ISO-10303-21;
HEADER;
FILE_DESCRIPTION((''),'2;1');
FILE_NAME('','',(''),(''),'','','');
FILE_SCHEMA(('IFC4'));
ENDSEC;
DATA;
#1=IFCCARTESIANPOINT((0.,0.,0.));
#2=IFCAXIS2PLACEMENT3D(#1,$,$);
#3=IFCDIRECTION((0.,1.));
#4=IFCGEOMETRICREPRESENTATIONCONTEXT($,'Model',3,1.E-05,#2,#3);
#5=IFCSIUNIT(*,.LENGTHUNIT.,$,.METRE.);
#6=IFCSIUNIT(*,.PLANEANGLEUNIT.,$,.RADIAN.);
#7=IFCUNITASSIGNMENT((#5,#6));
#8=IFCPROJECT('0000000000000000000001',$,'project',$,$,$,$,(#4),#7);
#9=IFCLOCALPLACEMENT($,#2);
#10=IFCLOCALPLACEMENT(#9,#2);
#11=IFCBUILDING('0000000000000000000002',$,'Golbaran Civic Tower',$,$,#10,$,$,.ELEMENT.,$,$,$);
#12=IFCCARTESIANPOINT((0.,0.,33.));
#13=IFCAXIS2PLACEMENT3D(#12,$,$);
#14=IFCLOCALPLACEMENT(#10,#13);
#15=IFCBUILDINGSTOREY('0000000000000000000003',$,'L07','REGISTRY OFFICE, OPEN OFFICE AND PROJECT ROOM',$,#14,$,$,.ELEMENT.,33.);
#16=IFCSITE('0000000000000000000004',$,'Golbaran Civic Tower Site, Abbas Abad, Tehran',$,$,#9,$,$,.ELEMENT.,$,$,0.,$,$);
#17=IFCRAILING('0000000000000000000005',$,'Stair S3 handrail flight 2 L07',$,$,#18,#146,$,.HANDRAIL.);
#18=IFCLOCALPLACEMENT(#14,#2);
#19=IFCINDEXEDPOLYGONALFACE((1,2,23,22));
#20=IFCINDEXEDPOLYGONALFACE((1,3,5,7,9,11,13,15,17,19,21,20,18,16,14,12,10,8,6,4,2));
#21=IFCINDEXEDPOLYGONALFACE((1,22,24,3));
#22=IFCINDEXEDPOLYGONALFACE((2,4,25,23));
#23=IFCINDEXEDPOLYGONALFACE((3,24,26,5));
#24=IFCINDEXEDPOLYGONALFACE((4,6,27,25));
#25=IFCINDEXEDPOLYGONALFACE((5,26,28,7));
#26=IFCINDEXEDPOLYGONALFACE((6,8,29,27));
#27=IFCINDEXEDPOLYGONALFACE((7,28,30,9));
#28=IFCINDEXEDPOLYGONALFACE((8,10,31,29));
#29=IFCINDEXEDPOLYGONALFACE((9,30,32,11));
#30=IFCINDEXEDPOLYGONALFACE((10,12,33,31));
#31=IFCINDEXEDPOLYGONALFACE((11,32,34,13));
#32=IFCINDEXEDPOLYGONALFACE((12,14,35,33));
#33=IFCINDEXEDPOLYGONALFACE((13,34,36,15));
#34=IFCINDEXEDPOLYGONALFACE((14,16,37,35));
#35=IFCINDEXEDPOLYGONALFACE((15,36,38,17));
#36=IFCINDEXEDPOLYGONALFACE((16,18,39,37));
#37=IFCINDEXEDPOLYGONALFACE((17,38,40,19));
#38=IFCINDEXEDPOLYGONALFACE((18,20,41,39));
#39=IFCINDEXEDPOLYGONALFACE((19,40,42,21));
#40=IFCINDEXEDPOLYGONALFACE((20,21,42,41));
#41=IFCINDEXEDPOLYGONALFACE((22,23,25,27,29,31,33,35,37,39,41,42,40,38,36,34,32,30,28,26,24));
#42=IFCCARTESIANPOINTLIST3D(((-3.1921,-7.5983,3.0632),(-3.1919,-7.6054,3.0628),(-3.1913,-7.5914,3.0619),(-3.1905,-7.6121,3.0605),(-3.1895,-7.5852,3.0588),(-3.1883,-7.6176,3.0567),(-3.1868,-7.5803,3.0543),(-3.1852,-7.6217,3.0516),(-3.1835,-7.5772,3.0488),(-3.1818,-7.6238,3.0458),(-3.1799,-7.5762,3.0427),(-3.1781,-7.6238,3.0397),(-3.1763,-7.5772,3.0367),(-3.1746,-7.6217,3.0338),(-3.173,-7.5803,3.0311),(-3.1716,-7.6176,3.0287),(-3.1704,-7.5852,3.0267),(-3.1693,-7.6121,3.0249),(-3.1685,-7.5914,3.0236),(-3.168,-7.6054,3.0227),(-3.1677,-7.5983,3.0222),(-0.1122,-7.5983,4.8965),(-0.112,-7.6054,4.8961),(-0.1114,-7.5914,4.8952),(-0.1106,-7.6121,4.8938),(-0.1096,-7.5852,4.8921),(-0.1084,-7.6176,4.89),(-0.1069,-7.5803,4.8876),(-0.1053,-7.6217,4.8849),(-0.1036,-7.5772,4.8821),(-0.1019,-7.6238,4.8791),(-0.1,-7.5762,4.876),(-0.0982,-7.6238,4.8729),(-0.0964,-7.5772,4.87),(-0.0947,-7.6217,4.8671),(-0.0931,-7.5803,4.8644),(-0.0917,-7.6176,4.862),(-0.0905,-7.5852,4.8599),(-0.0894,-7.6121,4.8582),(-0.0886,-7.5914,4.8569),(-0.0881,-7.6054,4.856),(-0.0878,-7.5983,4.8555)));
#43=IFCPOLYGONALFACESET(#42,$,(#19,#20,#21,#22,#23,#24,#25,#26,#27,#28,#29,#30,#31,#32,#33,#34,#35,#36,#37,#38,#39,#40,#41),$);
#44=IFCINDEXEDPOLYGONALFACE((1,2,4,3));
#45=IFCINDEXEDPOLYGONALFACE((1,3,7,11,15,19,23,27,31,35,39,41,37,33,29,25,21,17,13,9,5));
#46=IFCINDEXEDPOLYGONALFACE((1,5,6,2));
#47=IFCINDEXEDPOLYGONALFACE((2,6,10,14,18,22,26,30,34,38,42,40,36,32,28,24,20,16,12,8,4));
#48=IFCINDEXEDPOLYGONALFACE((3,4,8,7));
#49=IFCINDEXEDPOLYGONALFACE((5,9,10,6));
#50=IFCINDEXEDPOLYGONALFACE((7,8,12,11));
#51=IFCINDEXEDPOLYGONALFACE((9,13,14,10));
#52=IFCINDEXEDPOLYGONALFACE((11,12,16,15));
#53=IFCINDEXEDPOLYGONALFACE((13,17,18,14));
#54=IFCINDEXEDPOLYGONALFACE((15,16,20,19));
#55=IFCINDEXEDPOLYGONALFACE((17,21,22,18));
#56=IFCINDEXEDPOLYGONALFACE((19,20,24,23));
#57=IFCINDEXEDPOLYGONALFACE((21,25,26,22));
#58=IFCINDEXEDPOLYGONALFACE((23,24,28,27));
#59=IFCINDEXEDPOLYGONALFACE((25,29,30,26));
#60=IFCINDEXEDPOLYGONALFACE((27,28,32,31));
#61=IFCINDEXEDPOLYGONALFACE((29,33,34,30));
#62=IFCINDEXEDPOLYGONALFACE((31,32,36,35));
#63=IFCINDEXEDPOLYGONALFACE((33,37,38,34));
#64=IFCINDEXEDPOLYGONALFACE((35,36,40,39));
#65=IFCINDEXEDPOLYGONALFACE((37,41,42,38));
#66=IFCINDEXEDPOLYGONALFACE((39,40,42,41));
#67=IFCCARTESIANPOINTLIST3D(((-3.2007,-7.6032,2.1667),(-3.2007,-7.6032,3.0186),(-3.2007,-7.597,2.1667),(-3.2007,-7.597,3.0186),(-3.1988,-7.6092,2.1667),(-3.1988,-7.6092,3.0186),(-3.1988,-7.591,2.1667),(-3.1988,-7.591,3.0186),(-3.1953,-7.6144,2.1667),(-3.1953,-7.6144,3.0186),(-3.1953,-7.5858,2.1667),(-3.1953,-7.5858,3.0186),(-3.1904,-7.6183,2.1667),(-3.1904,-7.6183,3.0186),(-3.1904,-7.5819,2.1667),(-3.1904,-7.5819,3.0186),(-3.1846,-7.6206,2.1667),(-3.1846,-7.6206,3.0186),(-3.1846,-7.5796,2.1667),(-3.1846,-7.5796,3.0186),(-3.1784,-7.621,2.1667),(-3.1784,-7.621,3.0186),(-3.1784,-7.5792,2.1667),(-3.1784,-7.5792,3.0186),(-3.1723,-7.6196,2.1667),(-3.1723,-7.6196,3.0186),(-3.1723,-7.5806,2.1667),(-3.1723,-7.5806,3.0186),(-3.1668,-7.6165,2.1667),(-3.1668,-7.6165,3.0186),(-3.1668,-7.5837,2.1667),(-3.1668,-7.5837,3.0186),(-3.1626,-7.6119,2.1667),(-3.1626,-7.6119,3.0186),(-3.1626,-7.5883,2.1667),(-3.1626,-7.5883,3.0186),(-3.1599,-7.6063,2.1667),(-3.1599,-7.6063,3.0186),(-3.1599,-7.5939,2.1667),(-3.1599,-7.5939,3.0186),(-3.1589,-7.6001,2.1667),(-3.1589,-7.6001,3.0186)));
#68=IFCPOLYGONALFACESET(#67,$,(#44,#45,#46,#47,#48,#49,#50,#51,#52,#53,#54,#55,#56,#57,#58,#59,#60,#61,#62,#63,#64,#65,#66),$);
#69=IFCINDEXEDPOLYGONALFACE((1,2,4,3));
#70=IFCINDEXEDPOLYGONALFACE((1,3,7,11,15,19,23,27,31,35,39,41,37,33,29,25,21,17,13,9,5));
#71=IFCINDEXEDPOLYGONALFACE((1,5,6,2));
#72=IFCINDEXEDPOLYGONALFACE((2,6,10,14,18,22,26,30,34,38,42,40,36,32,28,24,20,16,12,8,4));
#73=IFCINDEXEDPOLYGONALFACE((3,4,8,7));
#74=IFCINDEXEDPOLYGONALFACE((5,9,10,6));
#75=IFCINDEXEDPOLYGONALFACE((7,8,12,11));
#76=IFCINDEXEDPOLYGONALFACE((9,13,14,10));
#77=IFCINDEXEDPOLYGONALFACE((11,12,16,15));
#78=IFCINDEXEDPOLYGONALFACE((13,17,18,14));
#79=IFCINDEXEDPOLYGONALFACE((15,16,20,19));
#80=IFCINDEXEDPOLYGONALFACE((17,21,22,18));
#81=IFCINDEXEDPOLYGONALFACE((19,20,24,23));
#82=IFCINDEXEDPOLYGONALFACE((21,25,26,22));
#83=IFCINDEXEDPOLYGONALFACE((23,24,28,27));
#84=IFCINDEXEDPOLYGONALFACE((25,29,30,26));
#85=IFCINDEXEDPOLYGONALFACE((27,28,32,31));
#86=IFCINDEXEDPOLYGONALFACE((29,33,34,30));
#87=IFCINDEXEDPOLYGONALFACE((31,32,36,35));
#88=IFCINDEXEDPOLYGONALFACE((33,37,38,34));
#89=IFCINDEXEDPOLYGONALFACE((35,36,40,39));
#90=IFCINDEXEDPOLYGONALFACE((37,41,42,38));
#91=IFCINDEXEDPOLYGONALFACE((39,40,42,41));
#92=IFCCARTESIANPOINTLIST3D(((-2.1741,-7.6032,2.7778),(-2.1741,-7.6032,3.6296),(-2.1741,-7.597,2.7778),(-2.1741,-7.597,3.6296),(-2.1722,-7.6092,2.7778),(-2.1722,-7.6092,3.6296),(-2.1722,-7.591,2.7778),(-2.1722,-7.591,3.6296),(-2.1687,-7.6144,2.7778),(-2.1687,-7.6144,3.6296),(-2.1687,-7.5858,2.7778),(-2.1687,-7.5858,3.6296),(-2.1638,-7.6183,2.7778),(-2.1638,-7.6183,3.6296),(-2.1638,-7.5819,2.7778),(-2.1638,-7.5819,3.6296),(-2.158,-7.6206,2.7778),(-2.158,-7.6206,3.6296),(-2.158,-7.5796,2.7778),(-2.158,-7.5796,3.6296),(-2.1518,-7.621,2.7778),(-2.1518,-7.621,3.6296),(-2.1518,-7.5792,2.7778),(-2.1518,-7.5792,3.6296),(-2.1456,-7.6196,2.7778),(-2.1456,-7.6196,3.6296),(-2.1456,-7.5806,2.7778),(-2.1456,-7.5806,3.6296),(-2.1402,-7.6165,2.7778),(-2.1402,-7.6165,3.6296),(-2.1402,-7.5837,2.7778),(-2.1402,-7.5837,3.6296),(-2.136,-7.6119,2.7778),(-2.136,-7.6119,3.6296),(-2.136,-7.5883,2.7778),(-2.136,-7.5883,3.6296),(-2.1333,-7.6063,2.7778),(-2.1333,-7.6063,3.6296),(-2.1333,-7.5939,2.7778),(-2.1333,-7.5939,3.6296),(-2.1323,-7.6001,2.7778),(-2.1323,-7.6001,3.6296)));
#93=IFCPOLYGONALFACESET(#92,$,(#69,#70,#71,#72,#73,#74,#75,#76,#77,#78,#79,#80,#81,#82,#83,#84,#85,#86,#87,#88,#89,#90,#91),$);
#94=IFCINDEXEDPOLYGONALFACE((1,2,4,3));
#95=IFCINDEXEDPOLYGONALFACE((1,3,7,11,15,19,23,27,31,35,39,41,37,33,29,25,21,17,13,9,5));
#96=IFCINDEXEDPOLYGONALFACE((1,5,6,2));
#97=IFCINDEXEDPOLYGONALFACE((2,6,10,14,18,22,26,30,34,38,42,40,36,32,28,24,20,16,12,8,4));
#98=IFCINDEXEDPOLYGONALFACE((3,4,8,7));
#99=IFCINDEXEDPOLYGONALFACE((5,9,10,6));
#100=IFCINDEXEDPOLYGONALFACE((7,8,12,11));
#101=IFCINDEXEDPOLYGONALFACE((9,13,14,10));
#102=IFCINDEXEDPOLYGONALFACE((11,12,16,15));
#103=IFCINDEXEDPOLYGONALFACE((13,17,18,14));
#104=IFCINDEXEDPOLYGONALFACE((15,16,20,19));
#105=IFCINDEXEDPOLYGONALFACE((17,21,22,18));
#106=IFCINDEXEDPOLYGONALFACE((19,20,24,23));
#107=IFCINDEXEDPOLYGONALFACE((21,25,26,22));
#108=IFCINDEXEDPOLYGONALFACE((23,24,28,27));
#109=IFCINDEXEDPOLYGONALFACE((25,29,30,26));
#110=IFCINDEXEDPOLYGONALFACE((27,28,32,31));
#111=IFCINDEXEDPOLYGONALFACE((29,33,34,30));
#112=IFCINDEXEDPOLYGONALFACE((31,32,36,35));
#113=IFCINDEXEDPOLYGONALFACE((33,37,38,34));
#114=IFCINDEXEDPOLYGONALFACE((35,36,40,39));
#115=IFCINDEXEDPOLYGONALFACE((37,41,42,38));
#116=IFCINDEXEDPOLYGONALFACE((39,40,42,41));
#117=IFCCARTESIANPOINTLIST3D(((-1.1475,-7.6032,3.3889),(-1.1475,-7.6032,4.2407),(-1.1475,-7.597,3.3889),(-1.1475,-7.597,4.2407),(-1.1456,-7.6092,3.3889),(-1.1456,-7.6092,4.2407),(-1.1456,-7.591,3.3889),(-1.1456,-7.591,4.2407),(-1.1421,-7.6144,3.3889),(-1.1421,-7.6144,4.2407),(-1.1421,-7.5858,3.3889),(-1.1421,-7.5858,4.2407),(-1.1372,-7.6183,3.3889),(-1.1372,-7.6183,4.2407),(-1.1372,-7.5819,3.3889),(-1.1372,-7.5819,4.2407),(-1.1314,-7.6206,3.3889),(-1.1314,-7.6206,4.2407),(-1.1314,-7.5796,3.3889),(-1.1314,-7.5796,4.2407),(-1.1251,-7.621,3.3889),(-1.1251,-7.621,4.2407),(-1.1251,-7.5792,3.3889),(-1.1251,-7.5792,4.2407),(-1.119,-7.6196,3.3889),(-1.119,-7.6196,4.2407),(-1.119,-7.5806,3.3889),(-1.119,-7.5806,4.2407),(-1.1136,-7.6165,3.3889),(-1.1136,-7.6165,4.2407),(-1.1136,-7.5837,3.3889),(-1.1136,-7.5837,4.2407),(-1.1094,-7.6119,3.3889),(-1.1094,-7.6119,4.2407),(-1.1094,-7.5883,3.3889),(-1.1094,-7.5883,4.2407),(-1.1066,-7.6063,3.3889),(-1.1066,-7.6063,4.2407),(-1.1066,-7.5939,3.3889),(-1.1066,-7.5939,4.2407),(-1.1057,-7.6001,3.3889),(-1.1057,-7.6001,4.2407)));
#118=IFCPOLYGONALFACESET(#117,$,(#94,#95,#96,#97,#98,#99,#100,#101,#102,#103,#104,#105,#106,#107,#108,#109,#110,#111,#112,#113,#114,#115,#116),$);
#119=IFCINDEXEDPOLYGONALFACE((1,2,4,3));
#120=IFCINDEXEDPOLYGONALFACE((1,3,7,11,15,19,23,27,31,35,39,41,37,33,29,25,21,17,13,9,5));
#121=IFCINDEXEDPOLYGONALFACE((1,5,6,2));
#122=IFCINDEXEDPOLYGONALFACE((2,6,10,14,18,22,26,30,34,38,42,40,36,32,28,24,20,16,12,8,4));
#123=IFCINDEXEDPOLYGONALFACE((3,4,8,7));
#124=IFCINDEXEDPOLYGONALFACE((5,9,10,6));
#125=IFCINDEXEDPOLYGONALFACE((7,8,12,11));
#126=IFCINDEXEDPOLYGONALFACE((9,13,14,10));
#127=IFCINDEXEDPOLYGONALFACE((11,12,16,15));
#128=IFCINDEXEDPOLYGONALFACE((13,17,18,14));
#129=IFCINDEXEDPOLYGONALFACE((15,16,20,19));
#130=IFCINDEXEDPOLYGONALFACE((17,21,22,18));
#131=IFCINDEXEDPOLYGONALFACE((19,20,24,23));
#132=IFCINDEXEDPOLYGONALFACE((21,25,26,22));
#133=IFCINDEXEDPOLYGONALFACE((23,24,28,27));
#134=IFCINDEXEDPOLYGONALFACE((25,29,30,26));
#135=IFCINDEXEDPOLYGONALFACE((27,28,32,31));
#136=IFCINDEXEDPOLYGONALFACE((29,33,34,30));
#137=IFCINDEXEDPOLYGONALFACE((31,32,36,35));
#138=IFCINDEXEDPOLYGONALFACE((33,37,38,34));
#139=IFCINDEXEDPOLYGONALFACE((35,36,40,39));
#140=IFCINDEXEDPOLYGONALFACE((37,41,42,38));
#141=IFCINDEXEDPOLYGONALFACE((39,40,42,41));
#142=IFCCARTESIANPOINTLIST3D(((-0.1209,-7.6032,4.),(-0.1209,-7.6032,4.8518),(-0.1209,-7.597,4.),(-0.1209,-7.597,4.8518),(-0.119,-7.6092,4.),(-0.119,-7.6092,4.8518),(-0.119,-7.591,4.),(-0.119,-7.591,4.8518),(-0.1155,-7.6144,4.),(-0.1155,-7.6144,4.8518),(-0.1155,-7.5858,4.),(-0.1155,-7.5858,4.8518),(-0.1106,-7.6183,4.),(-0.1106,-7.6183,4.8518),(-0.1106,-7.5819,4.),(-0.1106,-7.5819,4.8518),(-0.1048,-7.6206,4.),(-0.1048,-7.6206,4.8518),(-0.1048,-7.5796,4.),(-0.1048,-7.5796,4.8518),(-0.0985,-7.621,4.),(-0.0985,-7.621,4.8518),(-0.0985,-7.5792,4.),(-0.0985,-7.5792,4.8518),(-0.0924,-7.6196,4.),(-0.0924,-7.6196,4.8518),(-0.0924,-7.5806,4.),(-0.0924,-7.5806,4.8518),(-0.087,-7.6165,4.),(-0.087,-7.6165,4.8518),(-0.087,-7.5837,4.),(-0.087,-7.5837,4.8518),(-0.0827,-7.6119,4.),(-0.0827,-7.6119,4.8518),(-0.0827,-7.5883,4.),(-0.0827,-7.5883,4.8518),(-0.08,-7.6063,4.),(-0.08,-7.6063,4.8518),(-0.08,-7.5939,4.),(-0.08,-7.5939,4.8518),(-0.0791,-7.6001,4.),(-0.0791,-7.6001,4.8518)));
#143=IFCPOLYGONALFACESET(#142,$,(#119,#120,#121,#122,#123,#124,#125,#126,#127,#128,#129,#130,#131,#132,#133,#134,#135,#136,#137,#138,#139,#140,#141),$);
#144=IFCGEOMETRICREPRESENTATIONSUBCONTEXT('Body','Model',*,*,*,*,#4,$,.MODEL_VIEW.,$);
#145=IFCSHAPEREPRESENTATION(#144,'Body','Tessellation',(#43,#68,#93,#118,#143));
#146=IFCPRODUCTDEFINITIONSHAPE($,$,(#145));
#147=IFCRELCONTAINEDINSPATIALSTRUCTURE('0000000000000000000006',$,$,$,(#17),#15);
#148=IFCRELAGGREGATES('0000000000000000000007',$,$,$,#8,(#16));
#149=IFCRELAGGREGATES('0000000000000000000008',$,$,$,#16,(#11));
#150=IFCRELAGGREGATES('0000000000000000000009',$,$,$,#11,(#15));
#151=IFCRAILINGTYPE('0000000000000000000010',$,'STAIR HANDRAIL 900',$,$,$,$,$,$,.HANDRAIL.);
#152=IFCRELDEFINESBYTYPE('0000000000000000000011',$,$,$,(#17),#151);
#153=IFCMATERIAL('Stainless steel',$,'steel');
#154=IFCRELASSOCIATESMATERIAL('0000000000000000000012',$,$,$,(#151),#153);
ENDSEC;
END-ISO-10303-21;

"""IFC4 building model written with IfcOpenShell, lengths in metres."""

from ifc_helpers import new_model, si_unit, direction, frame, origin, origin_2d, place, context, subcontext, project, spatial, circle, extrude, material, type_object, element, save


model = new_model("IFC4")

# Units and contexts
model_context = context("Model", 3, precision=1e-05, world=origin(), true_north=direction((0.0, 1.0)))
body_context = subcontext(model_context, "Body", "Model", "MODEL_VIEW")
ifc_project = project(units=[si_unit("LENGTHUNIT", "METRE"), si_unit("PLANEANGLEUNIT", "RADIAN")], contexts=[model_context])

# Site, building, storey
site_placement = place(None, origin())
site = spatial("IfcSite", under=ifc_project, at=site_placement, Name="Golbaran Civic Tower Site, Abbas Abad, Tehran", CompositionType="ELEMENT", RefElevation=0.0)
building_placement = place(site_placement, origin())
building = spatial("IfcBuilding", under=site, at=building_placement, Name="Golbaran Civic Tower", CompositionType="ELEMENT")
storey_placement = place(building_placement, frame((0.0, 0.0, 33.0)))
storey = spatial("IfcBuildingStorey", under=building, at=storey_placement, Name="L07", Description="REGISTRY OFFICE, OPEN OFFICE AND PROJECT ROOM", CompositionType="ELEMENT", Elevation=33.0)

# Shared definitions
ifc_material_1 = material(Name="Stainless steel", Category="steel")

# Railing
railing_type = type_object("IfcRailingType", Name="STAIR HANDRAIL 900", PredefinedType="HANDRAIL", material=ifc_material_1)
railing_1_placement = place(storey_placement, frame((-3.1799, -7.6001, 2.1667)))
element("IfcRailing", 1, at=railing_1_placement, inside=storey, type_object=railing_type, Name="Stair S3 handrail flight 2 L07", PredefinedType="HANDRAIL", context=body_context, shape_type="SweptSolid", body=[
    extrude(circle(Radius=0.0239, at=origin_2d()), frame((0.0, 0.0, 0.876), z_axis=(0.859291, 0.0, 0.511487), x_axis=(0.0, 1.0, 0.0)), (0.0, 0.0, 1.0), 3.5842),
    extrude(circle(Radius=0.021, at=origin_2d()), origin(), (0.0, 0.0, 1.0), 0.8518),
    extrude(circle(Radius=0.021, at=origin_2d()), frame((1.0266, 0.0, 0.6111)), (0.0, 0.0, 1.0), 0.8518),
    extrude(circle(Radius=0.021, at=origin_2d()), frame((2.0532, 0.0, 1.2222)), (0.0, 0.0, 1.0), 0.8518),
    extrude(circle(Radius=0.021, at=origin_2d()), frame((3.0798, 0.0, 1.8333)), (0.0, 0.0, 1.0), 0.8518),
])

save(model, "model.ifc")
